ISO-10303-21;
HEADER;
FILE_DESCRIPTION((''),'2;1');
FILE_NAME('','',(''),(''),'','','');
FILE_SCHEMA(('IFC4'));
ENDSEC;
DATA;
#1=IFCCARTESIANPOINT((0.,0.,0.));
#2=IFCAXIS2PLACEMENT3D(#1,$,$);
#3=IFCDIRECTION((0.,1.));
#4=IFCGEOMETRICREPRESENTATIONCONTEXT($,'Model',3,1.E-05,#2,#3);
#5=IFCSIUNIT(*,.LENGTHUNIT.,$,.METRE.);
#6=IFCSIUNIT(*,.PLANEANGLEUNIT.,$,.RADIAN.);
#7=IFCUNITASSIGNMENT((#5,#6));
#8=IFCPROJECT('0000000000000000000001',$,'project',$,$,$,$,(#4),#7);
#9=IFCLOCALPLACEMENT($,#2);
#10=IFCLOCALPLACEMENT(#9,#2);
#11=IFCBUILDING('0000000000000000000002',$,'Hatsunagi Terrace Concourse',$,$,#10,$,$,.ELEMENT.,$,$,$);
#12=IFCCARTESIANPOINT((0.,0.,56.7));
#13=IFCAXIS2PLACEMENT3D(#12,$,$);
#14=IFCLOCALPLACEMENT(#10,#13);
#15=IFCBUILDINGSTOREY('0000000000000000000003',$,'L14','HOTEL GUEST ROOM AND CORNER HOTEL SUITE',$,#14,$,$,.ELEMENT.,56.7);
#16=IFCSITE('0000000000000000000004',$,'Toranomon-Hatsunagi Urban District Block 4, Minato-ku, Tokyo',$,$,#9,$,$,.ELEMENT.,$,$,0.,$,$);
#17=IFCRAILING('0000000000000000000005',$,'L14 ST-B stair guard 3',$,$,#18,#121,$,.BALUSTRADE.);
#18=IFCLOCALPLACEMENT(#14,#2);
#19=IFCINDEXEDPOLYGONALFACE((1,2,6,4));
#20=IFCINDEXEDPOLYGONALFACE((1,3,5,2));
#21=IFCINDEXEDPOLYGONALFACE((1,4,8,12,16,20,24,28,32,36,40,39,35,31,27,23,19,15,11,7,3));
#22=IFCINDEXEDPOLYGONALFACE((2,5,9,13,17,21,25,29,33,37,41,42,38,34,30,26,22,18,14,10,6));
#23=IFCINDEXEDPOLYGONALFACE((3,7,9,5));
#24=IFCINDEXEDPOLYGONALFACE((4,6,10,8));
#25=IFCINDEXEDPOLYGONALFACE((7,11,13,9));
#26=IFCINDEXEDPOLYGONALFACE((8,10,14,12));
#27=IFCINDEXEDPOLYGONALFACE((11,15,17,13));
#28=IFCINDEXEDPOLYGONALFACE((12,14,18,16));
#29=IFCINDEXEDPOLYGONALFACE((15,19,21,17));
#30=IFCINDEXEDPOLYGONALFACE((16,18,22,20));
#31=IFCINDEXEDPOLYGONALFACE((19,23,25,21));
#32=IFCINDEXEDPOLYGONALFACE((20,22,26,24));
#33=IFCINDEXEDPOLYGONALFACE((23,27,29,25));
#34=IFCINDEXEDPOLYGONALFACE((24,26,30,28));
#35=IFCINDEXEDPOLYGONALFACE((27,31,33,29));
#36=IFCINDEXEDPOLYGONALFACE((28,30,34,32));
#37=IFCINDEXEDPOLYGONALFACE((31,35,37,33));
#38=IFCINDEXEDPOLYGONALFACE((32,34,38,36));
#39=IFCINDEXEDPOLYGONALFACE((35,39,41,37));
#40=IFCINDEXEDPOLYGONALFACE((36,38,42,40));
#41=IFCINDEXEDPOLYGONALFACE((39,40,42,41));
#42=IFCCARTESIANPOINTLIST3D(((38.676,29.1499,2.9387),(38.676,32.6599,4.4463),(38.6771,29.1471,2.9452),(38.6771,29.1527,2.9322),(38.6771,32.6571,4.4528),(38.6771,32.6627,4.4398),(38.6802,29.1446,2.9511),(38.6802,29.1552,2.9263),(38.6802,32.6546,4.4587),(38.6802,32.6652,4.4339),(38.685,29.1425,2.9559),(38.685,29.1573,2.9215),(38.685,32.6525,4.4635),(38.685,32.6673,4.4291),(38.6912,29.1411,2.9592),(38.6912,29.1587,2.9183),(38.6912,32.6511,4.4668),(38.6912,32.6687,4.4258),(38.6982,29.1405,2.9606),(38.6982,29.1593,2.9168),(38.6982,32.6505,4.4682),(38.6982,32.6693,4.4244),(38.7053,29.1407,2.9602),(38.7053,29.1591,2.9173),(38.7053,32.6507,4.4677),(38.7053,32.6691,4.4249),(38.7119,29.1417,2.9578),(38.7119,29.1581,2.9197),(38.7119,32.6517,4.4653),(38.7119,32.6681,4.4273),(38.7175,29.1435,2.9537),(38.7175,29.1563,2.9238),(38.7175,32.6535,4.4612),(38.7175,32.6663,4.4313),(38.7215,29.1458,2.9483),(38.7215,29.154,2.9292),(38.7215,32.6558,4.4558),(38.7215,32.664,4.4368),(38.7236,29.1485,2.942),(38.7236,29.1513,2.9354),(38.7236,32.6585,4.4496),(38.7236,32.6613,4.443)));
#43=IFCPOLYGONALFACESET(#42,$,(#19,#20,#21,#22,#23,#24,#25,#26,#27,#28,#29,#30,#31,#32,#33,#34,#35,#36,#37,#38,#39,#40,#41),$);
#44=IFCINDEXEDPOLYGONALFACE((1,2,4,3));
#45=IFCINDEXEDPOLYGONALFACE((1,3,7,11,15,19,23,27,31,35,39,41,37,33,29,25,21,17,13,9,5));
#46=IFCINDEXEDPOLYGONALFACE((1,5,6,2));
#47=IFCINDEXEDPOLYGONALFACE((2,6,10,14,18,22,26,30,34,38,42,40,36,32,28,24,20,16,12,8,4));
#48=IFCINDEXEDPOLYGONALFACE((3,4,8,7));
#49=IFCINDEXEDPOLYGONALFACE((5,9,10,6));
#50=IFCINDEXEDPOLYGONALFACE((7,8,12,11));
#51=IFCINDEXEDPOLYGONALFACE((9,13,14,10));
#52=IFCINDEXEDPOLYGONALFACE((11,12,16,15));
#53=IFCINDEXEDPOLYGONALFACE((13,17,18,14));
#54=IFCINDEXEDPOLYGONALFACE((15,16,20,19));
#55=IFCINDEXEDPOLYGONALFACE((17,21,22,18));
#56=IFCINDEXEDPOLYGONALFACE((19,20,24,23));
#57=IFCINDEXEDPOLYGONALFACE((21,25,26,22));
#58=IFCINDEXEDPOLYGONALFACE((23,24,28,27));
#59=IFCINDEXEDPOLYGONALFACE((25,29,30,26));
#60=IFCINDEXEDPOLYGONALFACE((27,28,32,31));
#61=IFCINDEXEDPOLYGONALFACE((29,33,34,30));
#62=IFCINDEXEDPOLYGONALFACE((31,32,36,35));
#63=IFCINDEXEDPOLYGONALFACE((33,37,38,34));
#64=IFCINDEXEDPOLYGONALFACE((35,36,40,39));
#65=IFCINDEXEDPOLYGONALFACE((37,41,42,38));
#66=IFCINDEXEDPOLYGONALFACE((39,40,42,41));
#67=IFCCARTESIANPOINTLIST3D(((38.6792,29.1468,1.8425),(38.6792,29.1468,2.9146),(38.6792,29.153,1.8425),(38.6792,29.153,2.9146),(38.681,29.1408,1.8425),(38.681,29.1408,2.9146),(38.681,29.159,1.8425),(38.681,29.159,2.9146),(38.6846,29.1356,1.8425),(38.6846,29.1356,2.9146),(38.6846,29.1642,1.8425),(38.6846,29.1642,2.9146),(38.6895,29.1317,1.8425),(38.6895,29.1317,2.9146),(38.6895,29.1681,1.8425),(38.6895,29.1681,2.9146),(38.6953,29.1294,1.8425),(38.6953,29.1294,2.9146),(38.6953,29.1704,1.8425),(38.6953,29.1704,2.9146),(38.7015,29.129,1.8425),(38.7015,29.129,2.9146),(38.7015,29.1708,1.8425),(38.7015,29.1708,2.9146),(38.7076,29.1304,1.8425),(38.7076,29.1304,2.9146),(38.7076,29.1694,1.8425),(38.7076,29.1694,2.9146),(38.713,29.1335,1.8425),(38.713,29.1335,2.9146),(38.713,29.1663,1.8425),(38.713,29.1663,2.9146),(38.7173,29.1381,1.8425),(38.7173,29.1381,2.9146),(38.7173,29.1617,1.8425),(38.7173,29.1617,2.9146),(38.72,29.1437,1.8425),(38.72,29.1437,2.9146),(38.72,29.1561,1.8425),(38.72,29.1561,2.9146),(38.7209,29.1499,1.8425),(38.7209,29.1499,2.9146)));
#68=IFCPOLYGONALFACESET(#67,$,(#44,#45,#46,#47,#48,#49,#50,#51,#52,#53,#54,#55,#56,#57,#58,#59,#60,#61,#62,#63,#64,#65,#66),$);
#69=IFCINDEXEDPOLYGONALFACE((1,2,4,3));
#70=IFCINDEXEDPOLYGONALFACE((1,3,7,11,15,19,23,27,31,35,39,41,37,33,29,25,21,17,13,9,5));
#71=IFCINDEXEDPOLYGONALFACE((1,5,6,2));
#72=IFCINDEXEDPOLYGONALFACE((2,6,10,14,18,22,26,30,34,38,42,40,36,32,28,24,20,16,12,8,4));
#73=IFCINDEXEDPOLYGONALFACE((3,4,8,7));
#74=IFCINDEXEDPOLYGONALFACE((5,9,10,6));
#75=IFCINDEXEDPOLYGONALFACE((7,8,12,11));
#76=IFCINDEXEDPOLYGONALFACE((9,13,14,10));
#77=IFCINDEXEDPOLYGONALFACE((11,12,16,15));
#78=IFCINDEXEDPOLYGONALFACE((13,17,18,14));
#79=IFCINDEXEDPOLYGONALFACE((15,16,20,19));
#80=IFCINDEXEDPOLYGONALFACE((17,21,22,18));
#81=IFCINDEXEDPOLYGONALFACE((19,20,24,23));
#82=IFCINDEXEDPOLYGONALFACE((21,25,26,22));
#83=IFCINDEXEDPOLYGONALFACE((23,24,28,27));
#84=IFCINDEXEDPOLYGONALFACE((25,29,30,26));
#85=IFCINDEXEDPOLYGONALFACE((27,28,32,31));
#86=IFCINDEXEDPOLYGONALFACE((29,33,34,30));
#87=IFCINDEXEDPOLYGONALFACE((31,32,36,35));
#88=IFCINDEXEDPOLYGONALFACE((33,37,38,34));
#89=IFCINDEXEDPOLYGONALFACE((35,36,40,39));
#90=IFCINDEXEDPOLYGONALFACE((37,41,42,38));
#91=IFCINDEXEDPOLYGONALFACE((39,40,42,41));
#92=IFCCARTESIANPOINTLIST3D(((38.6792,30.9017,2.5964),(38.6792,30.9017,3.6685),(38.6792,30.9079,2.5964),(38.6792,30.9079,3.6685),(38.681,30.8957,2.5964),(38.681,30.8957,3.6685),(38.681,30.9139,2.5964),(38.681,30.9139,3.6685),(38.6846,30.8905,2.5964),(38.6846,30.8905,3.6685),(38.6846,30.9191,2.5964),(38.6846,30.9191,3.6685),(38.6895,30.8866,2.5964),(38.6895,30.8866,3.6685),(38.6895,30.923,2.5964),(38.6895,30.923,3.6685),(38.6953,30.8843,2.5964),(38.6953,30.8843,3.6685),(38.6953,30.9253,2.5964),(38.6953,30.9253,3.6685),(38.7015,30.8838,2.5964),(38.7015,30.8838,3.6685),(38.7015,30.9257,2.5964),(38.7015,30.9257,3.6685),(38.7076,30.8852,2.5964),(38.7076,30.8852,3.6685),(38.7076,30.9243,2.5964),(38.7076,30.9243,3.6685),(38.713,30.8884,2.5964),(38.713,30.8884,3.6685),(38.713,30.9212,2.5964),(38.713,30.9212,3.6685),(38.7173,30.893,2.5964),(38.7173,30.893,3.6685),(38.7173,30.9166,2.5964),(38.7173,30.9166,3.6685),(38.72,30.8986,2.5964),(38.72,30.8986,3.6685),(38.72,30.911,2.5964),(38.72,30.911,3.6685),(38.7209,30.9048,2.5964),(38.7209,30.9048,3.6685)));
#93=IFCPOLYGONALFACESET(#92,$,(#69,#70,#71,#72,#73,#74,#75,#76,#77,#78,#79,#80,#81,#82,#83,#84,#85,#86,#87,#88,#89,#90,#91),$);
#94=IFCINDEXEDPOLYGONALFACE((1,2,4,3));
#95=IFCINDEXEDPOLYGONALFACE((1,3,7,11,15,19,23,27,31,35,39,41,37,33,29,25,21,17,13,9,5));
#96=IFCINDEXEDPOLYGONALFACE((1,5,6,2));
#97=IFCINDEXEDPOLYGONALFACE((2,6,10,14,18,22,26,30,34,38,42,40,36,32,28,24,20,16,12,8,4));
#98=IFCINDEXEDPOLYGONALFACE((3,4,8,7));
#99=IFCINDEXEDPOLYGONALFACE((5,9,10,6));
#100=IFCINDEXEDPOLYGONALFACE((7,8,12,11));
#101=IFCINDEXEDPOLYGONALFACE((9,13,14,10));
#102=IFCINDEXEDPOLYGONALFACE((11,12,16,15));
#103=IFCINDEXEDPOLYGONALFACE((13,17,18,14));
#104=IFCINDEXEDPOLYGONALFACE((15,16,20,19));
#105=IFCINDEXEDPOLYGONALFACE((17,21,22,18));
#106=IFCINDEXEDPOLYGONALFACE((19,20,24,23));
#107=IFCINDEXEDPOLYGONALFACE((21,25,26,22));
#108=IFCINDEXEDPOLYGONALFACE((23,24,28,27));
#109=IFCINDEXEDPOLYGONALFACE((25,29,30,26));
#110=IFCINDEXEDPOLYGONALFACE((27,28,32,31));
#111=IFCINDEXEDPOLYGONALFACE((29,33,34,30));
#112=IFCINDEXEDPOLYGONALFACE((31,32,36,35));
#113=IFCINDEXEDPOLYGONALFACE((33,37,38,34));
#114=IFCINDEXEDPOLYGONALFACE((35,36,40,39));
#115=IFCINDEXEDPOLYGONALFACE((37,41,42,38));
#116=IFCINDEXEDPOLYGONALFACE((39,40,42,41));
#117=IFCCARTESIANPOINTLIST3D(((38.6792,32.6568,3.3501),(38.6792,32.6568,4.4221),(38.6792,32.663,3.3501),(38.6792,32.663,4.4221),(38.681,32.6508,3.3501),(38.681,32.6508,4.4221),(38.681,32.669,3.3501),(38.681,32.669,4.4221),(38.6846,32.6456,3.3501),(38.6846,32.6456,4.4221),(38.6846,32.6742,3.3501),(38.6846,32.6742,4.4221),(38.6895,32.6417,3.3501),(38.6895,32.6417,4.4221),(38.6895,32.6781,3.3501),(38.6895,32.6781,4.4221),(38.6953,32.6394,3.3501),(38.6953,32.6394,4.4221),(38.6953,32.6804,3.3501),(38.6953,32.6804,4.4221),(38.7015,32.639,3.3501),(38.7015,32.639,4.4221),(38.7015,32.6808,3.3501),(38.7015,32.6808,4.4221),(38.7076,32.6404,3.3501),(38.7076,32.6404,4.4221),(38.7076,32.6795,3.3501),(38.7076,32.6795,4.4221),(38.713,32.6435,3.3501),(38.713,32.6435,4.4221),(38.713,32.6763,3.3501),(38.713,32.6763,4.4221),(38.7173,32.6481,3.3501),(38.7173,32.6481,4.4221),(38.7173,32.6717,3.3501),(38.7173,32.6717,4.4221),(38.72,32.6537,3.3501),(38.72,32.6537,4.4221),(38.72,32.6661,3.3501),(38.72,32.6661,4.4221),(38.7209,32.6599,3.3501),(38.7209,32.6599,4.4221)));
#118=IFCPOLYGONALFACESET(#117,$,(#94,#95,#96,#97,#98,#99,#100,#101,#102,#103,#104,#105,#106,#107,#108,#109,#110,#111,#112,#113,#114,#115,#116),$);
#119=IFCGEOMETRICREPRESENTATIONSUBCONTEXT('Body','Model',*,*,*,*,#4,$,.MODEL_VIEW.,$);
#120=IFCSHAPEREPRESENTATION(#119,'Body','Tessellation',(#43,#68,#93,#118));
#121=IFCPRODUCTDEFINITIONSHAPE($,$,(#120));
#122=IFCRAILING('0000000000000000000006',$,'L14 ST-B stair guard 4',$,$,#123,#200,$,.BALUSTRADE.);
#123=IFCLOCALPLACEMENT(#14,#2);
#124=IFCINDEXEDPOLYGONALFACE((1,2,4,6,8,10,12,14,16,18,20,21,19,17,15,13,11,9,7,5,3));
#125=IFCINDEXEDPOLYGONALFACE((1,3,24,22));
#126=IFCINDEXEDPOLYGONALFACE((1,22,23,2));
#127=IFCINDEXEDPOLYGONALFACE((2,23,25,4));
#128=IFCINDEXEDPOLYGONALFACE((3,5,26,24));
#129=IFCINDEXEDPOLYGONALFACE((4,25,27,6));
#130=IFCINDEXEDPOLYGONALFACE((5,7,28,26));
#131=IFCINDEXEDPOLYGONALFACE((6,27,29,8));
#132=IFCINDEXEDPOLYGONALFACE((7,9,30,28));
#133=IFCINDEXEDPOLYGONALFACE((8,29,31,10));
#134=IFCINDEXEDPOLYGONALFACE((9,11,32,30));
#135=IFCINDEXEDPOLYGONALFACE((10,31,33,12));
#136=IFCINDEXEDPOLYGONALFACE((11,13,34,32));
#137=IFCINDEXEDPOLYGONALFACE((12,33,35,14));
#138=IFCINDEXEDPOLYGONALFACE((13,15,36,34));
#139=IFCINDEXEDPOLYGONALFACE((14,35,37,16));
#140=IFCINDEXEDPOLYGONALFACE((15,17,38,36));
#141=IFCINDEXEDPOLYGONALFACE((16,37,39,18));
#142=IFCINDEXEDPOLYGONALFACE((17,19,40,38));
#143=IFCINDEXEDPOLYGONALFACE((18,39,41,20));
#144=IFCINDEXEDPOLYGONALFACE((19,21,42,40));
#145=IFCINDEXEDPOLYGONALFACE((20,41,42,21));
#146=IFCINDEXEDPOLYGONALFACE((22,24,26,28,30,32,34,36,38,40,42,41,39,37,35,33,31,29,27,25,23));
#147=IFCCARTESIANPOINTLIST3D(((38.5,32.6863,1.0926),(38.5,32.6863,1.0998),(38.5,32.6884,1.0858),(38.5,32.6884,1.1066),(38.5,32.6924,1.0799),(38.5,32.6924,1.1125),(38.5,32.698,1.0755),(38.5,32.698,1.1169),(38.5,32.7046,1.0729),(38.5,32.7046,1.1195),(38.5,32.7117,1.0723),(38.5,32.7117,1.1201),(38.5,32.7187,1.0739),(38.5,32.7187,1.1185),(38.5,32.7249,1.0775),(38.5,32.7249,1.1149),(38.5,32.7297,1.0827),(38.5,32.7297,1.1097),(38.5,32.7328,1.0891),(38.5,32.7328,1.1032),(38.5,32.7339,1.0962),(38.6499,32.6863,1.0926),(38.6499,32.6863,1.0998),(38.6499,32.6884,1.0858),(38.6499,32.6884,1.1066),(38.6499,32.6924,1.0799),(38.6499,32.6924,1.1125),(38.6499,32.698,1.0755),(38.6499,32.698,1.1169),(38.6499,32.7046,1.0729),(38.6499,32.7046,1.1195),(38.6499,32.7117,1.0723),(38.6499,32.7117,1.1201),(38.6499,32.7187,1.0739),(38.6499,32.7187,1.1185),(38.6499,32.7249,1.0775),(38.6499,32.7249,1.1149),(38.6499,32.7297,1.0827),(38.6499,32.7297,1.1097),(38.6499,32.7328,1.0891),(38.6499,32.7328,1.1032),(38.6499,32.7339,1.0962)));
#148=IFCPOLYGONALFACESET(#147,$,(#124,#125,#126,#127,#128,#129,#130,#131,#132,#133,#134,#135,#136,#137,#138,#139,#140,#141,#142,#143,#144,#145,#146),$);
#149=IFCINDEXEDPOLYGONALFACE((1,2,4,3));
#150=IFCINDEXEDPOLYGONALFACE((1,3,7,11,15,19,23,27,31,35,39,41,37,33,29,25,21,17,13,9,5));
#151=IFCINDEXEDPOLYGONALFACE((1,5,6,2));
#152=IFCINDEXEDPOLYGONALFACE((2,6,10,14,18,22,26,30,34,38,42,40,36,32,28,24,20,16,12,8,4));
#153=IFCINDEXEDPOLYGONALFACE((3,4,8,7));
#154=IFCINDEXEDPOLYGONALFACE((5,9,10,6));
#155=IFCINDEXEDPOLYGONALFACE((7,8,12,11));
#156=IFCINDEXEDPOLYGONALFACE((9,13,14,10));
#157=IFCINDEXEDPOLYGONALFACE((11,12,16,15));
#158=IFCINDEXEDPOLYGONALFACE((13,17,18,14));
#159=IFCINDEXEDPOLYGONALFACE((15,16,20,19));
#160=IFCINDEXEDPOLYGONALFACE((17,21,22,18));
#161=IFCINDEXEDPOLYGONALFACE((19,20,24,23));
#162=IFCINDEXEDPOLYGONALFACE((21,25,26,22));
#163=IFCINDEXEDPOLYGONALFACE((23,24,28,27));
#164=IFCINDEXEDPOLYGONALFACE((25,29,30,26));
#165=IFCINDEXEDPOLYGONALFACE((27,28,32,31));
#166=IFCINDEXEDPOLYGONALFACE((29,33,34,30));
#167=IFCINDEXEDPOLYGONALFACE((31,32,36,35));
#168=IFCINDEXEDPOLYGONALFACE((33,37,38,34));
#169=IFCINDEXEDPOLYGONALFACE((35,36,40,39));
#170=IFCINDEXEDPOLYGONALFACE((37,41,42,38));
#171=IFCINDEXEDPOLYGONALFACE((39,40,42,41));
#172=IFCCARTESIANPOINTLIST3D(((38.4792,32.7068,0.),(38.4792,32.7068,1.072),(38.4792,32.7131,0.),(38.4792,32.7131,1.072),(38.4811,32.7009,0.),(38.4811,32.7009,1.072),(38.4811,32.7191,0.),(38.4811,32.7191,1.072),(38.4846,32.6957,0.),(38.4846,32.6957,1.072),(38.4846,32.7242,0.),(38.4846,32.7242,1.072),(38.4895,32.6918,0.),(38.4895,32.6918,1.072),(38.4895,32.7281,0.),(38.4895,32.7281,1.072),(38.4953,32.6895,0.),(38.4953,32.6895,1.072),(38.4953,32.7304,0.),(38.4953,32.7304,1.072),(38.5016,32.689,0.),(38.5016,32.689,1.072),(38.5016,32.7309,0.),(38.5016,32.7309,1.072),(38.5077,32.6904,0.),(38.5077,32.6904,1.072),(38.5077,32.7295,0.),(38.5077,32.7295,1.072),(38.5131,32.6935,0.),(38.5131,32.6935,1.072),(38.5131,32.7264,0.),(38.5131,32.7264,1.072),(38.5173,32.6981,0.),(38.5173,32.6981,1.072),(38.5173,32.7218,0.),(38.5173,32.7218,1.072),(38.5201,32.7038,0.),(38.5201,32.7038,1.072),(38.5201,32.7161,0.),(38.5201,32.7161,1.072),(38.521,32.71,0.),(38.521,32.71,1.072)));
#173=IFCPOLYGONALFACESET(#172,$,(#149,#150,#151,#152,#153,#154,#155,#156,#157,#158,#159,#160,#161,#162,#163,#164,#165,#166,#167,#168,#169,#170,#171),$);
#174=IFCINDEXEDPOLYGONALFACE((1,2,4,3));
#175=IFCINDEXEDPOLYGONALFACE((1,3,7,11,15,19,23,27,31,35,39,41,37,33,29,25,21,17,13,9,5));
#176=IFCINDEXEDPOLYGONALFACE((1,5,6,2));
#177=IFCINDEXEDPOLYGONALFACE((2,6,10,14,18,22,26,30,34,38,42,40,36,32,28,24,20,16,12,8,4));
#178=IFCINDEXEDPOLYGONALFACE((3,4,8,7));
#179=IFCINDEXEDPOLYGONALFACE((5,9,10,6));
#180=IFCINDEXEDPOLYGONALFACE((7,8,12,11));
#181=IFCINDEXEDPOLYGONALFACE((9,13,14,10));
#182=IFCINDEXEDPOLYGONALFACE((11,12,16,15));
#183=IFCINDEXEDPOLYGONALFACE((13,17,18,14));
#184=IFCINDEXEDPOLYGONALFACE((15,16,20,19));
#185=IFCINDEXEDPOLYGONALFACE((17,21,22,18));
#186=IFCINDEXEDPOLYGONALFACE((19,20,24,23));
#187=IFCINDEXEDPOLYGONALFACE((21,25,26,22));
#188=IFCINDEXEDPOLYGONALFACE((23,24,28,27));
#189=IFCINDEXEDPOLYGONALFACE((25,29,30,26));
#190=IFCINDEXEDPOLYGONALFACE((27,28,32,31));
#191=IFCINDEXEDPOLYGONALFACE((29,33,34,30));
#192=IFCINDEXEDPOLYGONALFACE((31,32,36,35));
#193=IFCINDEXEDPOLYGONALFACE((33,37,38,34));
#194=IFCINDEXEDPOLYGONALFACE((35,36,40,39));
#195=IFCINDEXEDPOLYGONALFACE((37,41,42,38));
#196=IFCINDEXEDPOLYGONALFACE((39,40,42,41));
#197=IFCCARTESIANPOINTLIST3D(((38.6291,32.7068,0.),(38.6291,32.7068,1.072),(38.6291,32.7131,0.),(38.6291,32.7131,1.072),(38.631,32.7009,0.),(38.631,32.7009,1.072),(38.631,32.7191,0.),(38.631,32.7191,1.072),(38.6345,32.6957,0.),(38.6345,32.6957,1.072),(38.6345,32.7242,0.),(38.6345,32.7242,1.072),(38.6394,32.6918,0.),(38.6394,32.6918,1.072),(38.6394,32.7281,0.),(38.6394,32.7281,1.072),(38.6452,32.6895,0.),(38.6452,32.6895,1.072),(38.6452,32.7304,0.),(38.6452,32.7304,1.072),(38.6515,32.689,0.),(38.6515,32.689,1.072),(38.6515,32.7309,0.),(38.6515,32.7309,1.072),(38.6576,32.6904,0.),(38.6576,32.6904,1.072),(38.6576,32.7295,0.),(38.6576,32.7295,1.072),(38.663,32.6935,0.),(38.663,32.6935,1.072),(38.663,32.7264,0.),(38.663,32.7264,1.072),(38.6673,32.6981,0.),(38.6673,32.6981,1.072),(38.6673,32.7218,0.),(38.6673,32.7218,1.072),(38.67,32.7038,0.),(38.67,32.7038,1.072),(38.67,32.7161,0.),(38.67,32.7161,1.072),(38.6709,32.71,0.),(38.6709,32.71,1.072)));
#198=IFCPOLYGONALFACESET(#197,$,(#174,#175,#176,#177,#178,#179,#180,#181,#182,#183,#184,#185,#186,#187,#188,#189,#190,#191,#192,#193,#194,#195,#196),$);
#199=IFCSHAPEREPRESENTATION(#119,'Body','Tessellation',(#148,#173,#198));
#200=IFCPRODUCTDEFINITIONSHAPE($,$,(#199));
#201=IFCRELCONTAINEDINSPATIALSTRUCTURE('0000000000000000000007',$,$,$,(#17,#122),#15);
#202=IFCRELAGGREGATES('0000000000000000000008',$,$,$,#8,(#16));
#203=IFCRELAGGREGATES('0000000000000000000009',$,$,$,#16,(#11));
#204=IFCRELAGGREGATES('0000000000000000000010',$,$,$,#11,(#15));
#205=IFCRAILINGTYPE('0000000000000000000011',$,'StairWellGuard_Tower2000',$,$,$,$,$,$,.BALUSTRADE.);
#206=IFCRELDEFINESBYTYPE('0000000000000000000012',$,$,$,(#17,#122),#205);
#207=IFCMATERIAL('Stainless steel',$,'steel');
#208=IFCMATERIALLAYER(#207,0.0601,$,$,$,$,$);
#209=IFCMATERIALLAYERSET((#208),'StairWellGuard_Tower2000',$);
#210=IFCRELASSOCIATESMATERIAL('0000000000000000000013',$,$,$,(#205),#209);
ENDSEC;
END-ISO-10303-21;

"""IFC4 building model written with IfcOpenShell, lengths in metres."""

from ifc_helpers import new_model, si_unit, direction, frame, origin, origin_2d, place, context, subcontext, project, spatial, circle, extrude, material, layer, layer_set, type_object, element, save


model = new_model("IFC4")

# Units and contexts
model_context = context("Model", 3, precision=1e-05, world=origin(), true_north=direction((0.0, 1.0)))
body_context = subcontext(model_context, "Body", "Model", "MODEL_VIEW")
ifc_project = project(units=[si_unit("LENGTHUNIT", "METRE"), si_unit("PLANEANGLEUNIT", "RADIAN")], contexts=[model_context])

# Site, building, storey
site_placement = place(None, origin())
site = spatial("IfcSite", under=ifc_project, at=site_placement, Name="Toranomon-Hatsunagi Urban District Block 4, Minato-ku, Tokyo", CompositionType="ELEMENT", RefElevation=0.0)
building_placement = place(site_placement, origin())
building = spatial("IfcBuilding", under=site, at=building_placement, Name="Hatsunagi Terrace Concourse", CompositionType="ELEMENT")
storey_placement = place(building_placement, frame((0.0, 0.0, 56.7)))
storey = spatial("IfcBuildingStorey", under=building, at=storey_placement, Name="L14", Description="HOTEL GUEST ROOM AND CORNER HOTEL SUITE", CompositionType="ELEMENT", Elevation=56.7)

# Railings
ifc_material_1 = material(Name="Stainless steel", Category="steel")
ifc_layer_1 = layer(ifc_material_1, 0.0601)
ifc_layer_set_1 = layer_set([ifc_layer_1], Name="StairWellGuard_Tower2000")
railing_type_1 = type_object("IfcRailingType", Name="StairWellGuard_Tower2000", PredefinedType="BALUSTRADE", material=ifc_layer_set_1)
railing_1_placement = place(storey_placement, frame((38.7, 29.1499, 1.8425)))
element("IfcRailing", 1, at=railing_1_placement, inside=storey, type_object=railing_type_1, Name="L14 ST-B stair guard 3", PredefinedType="BALUSTRADE", context=body_context, shape_type="SweptSolid", body=[
    extrude(circle(Radius=0.0239, at=origin_2d()), frame((0.0, 0.0, 1.0962), z_axis=(0.0, 0.918834, 0.394644), x_axis=(-1.0, 0.0, 0.0)), (0.0, 0.0, 1.0), 3.8201),
    extrude(circle(Radius=0.021, at=origin_2d()), origin(), (0.0, 0.0, 1.0), 1.072),
    extrude(circle(Radius=0.021, at=origin_2d()), frame((0.0, 1.7549, 0.7539)), (0.0, 0.0, 1.0), 1.072),
    extrude(circle(Radius=0.021, at=origin_2d()), frame((0.0, 3.51, 1.5076)), (0.0, 0.0, 1.0), 1.072),
])
railing_2_placement = place(storey_placement, frame((38.5, 32.71, 0.0)))
element("IfcRailing", 2, at=railing_2_placement, inside=storey, type_object=railing_type_1, Name="L14 ST-B stair guard 4", PredefinedType="BALUSTRADE", context=body_context, shape_type="SweptSolid", body=[
    extrude(circle(Radius=0.0239, at=origin_2d()), frame((0.0, 0.0, 1.0962), z_axis=(1.0, 0.0, 0.0), x_axis=(0.0, 1.0, 0.0)), (0.0, 0.0, 1.0), 0.1499),
    extrude(circle(Radius=0.021, at=origin_2d()), origin(), (0.0, 0.0, 1.0), 1.072),
    extrude(circle(Radius=0.021, at=origin_2d()), frame((0.1499, 0.0, 0.0)), (0.0, 0.0, 1.0), 1.072),
])

save(model, "model.ifc")
